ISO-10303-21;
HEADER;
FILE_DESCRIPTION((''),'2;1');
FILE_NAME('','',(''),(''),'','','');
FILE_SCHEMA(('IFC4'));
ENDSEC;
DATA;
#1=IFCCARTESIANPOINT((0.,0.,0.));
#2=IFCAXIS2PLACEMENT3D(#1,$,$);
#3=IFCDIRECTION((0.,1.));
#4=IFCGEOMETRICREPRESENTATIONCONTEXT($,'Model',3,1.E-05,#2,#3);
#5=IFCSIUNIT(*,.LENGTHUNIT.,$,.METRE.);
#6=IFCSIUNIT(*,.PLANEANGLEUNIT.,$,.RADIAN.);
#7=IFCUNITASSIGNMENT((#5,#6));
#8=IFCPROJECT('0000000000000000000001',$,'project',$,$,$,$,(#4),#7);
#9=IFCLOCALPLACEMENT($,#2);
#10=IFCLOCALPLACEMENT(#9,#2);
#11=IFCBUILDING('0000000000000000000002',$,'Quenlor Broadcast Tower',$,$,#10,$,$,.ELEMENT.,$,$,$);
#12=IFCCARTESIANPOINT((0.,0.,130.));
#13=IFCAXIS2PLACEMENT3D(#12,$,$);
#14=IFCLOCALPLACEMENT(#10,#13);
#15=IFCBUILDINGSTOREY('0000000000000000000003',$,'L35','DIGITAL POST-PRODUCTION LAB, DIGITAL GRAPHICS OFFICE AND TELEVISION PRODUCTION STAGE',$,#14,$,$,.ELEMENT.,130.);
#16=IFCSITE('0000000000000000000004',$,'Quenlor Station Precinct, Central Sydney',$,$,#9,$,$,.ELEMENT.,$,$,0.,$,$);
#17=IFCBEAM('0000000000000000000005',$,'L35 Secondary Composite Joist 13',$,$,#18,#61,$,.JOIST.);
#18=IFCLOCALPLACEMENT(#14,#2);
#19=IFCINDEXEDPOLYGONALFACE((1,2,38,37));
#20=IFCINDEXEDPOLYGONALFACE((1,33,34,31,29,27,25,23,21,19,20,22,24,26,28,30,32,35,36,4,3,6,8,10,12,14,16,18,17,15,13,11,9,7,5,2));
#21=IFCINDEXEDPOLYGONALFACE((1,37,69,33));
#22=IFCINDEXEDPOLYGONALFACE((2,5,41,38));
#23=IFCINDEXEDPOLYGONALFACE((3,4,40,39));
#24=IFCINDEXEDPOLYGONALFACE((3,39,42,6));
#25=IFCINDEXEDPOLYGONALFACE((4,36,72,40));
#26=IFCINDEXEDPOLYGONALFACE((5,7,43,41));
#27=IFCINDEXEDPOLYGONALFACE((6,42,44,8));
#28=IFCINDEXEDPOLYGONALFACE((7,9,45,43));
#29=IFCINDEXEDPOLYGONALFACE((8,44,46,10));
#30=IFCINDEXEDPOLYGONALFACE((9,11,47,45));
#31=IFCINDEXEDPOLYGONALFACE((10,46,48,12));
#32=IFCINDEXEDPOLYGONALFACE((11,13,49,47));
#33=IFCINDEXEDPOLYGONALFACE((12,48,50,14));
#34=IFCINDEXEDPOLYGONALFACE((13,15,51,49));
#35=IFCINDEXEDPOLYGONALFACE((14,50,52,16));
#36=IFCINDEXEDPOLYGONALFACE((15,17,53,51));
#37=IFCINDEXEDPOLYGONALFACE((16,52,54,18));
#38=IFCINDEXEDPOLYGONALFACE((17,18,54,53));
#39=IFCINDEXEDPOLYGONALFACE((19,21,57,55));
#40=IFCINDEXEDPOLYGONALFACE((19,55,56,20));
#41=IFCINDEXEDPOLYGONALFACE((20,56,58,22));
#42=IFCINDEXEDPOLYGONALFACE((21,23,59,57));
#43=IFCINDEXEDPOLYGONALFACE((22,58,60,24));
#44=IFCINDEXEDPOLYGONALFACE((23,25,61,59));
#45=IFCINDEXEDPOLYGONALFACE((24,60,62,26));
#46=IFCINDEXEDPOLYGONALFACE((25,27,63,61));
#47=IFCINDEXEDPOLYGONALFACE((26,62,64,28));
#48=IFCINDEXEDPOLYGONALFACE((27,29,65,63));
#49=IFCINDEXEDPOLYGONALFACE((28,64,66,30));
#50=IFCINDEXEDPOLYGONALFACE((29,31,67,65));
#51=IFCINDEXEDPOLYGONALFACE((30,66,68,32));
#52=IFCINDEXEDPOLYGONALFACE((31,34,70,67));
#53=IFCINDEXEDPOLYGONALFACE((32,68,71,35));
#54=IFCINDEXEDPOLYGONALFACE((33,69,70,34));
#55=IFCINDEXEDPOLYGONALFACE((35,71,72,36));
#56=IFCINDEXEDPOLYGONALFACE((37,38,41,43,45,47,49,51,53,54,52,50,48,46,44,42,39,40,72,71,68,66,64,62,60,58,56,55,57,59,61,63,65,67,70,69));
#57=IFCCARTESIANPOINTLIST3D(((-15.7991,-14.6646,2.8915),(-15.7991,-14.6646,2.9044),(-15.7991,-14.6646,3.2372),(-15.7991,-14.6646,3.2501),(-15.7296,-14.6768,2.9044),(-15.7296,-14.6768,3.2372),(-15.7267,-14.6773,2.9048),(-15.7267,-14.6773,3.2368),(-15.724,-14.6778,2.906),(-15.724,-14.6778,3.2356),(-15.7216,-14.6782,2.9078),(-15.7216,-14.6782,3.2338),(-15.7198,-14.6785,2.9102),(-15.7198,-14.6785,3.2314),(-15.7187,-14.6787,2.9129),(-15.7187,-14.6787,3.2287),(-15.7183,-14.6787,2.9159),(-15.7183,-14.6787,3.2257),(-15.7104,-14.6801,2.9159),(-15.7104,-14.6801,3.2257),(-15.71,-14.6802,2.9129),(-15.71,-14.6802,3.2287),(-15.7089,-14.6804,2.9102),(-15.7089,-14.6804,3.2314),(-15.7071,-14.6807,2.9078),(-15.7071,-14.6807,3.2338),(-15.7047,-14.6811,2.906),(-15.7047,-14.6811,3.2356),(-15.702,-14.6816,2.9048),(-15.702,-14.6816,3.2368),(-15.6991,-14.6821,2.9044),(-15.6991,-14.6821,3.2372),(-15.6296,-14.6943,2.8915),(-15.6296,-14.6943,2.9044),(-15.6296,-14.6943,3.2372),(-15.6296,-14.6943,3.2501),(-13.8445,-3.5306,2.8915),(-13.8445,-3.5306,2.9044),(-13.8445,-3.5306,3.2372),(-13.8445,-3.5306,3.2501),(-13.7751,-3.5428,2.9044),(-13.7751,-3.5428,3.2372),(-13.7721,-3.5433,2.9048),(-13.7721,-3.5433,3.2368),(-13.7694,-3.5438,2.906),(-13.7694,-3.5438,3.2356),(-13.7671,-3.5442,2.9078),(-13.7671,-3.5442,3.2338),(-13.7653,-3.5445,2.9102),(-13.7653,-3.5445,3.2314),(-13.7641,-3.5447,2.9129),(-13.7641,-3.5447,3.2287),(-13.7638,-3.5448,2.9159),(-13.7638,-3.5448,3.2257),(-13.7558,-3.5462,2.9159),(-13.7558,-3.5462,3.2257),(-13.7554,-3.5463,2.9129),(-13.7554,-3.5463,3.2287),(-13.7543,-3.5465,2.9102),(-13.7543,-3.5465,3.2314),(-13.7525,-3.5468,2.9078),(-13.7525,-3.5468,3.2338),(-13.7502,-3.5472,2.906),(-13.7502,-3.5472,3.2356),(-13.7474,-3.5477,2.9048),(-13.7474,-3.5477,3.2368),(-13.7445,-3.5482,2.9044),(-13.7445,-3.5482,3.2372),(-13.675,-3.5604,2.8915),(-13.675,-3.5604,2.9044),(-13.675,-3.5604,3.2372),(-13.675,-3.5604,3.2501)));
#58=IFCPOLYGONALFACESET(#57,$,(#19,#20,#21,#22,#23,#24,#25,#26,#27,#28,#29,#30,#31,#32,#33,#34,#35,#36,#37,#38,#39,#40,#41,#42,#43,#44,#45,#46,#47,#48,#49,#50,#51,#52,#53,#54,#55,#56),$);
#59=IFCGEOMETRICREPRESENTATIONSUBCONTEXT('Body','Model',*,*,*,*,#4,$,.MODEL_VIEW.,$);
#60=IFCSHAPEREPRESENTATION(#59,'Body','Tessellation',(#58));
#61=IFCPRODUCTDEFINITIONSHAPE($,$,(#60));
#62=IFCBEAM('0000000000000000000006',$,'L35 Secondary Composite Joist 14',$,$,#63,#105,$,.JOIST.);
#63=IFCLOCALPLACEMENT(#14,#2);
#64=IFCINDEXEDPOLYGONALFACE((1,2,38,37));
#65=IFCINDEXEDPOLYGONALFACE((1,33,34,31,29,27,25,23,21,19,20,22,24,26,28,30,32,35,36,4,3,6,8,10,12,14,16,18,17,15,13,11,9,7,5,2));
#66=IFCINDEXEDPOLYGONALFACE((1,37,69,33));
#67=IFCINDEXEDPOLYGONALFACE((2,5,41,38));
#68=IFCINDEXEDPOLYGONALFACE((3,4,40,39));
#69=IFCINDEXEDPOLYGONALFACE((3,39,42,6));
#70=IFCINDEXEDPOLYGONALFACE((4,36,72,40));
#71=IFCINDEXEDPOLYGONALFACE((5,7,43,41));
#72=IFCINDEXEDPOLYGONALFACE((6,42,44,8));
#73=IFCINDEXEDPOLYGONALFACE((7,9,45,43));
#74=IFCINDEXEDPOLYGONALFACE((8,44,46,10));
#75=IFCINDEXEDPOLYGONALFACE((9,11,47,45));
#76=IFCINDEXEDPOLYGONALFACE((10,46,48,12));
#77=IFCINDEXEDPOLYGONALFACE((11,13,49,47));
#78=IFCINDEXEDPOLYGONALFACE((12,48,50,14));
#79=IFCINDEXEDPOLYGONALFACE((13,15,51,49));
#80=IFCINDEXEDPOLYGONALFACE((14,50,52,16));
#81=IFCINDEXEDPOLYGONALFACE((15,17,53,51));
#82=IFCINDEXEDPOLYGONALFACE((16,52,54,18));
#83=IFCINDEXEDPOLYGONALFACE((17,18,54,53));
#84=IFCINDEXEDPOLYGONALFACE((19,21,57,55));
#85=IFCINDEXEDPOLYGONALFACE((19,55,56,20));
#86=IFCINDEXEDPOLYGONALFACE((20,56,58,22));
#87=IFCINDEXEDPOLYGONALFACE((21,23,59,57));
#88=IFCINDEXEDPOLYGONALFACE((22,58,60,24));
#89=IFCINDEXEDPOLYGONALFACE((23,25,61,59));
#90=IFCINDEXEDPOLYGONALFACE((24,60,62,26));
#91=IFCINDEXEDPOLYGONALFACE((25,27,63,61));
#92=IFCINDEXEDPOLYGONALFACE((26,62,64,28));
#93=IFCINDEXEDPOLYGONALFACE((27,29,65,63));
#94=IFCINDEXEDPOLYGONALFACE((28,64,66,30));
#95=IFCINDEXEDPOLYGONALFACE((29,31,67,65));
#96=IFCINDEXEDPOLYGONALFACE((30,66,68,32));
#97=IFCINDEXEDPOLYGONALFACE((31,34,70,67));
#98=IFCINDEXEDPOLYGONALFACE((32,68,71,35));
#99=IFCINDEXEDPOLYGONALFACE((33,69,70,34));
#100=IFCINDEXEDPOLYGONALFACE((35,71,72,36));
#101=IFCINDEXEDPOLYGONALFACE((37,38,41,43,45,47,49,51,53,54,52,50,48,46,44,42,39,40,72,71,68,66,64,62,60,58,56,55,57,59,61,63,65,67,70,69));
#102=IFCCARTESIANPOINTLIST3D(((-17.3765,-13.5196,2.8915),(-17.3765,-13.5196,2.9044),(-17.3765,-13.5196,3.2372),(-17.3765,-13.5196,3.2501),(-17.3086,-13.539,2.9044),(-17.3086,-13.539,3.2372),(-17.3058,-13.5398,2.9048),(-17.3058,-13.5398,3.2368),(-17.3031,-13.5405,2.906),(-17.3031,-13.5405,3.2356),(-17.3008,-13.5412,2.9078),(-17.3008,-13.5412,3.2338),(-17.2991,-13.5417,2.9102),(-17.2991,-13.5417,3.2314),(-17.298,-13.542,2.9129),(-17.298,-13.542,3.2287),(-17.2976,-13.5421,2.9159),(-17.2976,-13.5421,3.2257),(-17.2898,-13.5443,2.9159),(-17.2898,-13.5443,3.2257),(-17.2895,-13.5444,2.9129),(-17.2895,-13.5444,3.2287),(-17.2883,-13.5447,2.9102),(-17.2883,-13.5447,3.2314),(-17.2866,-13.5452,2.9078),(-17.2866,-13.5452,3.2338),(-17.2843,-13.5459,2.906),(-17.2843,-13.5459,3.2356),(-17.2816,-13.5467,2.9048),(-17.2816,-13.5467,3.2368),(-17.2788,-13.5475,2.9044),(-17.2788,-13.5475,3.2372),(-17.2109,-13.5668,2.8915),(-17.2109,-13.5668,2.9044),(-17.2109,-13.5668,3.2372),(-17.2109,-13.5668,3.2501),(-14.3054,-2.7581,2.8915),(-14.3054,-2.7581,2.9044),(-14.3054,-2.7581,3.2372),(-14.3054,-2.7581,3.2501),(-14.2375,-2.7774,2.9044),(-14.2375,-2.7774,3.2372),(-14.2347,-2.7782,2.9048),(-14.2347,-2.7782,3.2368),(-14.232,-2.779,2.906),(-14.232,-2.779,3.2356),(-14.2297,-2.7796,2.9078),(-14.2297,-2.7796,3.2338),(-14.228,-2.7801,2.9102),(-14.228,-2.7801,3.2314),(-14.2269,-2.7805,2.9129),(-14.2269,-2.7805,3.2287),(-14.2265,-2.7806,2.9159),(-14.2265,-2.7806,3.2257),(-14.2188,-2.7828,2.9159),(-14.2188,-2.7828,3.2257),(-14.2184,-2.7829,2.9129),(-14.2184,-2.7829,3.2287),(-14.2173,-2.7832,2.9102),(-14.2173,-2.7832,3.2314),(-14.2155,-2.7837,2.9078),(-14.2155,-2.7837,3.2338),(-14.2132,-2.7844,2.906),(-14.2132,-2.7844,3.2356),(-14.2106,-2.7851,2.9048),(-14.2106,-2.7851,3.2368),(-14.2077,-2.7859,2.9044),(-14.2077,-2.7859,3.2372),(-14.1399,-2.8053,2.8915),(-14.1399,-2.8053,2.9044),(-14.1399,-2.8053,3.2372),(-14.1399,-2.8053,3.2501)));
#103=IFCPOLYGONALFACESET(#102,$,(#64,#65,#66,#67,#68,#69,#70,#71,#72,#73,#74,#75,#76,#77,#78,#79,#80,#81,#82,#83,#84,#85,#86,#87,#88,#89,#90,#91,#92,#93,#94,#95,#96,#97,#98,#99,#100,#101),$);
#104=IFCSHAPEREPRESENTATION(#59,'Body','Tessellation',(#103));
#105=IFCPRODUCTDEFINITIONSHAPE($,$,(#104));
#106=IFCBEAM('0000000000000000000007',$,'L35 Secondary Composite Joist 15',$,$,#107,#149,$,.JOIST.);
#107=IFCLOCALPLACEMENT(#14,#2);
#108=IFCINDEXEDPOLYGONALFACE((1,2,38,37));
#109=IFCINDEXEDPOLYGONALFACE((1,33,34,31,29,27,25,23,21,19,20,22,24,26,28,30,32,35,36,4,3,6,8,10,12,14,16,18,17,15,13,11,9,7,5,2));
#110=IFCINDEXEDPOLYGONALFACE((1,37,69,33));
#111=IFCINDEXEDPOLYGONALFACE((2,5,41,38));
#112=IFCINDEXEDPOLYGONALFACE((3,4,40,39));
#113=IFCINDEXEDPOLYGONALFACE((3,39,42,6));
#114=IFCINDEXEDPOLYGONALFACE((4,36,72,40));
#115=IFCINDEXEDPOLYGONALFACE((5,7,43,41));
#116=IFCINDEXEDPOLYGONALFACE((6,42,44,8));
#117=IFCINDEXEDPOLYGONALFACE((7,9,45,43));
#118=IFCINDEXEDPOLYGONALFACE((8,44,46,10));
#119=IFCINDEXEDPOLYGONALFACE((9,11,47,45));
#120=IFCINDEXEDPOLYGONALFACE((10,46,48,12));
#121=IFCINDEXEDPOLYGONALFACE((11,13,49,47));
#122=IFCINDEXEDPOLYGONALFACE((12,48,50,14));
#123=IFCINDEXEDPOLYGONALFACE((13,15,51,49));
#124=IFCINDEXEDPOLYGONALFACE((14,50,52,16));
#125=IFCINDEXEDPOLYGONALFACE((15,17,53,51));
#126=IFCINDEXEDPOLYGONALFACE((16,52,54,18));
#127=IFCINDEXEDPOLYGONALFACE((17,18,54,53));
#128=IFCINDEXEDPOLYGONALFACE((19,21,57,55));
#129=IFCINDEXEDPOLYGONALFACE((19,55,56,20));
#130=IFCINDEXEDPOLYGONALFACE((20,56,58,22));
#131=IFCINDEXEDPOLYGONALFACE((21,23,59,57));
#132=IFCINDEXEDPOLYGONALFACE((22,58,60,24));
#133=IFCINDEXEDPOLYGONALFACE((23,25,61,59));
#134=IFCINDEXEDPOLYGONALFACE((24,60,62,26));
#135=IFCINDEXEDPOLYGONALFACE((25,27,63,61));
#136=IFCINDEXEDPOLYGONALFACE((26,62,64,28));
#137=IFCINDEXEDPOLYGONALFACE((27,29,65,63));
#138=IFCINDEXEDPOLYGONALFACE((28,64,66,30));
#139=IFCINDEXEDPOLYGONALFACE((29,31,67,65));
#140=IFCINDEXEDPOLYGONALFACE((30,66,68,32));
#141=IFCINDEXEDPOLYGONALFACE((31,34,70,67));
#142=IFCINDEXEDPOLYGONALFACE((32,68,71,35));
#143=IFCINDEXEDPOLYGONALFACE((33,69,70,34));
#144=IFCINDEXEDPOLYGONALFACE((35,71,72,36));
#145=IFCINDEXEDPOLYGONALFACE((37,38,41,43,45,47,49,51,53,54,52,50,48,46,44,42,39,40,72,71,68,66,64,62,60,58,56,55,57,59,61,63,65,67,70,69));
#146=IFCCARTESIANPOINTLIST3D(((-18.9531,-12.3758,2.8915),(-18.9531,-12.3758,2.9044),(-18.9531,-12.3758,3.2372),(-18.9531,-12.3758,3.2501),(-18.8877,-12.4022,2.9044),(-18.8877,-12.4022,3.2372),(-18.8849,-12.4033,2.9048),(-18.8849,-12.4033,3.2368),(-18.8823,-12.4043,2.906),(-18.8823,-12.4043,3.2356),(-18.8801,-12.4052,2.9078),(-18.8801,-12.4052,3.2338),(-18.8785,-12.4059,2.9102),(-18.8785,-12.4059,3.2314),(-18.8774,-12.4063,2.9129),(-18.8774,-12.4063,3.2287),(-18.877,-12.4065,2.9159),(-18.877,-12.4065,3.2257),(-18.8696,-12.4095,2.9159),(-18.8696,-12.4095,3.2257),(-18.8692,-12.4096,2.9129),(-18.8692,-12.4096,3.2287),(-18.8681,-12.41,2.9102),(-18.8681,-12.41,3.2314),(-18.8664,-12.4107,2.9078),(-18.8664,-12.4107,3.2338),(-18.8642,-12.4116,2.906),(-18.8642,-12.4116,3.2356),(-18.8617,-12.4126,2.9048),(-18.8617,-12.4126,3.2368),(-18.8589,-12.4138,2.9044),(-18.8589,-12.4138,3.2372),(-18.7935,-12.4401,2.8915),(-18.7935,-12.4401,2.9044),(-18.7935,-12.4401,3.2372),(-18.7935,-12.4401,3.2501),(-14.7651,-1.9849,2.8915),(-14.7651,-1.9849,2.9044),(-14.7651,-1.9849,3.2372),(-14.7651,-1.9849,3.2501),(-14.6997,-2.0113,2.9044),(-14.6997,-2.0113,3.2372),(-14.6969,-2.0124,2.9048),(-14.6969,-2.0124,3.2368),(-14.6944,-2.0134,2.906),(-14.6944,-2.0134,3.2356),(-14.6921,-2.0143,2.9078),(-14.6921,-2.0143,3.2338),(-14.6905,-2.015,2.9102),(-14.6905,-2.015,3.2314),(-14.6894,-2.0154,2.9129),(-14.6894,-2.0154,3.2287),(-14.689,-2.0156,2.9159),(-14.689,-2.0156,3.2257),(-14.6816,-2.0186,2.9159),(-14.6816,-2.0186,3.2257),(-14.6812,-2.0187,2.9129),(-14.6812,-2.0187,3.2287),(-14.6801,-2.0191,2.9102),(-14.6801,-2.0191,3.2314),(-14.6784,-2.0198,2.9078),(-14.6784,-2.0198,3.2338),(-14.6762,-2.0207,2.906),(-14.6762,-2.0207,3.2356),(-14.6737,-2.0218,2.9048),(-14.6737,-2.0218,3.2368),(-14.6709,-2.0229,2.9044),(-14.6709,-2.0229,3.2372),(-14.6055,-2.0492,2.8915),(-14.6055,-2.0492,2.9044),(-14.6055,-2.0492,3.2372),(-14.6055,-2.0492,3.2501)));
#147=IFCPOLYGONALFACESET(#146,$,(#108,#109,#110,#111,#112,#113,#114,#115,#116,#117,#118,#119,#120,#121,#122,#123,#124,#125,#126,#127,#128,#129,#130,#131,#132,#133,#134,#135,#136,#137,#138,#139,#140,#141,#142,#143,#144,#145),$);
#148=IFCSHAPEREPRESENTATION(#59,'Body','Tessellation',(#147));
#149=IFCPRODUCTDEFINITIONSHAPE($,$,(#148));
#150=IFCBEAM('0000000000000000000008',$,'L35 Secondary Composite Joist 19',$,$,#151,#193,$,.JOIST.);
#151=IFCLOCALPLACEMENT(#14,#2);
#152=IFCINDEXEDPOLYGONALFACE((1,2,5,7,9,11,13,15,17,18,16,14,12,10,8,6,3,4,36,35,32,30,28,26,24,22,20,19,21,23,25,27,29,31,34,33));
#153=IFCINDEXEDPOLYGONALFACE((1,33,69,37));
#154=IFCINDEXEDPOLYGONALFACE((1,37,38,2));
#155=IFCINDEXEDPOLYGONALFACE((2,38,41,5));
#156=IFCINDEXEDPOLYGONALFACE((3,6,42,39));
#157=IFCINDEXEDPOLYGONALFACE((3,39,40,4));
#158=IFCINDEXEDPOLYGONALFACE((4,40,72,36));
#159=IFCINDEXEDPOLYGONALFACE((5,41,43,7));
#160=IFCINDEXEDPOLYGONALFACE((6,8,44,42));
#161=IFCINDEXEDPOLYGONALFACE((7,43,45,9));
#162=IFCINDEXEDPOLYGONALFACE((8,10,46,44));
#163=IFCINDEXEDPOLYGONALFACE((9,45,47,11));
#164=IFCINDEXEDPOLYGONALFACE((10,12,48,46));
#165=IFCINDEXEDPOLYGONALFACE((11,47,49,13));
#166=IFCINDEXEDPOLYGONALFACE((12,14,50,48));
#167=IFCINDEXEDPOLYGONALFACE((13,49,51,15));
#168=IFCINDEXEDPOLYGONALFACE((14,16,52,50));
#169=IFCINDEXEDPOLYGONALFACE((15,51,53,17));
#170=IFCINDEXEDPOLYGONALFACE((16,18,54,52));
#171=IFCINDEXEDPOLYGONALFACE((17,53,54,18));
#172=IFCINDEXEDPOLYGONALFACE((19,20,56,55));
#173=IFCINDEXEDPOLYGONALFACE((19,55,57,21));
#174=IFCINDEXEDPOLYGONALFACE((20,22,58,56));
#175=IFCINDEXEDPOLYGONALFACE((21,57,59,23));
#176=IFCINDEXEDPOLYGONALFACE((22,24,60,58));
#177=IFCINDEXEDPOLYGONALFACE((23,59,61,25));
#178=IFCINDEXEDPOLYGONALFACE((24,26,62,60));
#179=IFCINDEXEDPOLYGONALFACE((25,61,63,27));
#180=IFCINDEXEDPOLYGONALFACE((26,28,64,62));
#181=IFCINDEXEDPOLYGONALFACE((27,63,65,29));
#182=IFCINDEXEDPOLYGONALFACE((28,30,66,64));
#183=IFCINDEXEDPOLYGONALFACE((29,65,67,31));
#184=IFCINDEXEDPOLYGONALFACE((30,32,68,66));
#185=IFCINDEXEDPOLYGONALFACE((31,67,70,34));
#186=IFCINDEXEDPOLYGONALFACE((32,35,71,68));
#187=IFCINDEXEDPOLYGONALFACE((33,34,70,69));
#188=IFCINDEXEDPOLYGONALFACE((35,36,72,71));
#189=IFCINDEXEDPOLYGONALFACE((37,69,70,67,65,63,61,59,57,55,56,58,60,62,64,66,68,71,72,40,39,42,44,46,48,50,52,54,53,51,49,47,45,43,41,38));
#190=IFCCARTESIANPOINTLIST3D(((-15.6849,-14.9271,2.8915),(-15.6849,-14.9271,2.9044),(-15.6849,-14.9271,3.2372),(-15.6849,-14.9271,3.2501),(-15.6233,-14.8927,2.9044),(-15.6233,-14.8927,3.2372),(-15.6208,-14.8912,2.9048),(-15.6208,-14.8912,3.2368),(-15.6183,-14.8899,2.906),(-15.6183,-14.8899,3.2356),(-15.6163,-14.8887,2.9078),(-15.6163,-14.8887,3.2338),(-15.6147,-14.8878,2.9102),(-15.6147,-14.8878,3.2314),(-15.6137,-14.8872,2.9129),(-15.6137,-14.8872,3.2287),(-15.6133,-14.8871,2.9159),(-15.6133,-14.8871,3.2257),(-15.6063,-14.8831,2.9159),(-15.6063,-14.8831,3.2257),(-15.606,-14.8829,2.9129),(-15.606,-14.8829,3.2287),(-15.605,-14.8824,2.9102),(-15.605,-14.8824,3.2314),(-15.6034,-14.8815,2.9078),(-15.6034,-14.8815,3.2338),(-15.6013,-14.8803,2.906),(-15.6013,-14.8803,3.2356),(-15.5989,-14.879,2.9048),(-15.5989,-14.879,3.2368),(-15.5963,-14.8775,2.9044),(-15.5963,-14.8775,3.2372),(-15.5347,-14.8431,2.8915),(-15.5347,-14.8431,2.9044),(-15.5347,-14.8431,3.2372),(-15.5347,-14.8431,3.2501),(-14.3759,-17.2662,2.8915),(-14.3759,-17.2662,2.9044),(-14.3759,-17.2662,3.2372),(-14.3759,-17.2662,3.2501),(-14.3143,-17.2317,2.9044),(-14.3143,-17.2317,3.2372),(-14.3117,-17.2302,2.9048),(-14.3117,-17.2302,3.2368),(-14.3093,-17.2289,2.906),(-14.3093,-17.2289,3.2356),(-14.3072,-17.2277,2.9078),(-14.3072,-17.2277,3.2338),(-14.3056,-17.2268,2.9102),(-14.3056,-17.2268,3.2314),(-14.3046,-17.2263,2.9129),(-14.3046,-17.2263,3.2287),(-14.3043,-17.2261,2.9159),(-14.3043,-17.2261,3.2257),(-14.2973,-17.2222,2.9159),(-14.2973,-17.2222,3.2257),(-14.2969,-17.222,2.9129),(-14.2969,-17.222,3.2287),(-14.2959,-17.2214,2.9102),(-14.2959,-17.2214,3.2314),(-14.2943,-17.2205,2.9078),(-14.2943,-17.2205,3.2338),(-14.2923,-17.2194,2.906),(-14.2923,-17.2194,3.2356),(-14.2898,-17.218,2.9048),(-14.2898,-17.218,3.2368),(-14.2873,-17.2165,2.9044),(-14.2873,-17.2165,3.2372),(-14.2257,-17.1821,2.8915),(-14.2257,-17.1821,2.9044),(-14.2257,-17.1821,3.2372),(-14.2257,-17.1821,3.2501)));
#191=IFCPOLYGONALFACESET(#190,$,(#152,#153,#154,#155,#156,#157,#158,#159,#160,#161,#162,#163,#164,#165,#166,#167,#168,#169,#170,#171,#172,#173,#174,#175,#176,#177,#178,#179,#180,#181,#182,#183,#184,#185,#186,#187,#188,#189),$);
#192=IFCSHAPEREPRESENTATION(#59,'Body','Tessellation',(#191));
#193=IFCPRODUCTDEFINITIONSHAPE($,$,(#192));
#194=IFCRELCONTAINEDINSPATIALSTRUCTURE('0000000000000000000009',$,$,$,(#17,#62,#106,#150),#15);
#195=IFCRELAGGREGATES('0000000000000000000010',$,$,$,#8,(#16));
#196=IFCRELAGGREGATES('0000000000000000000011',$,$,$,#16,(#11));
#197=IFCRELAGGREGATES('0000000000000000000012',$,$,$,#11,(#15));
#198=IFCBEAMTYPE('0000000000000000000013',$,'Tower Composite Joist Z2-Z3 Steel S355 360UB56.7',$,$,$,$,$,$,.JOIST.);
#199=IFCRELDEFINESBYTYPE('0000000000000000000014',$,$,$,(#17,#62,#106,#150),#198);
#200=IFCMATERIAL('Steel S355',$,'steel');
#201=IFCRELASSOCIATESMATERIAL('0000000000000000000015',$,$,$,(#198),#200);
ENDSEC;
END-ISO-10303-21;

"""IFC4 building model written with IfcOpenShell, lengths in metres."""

from ifc_helpers import new_model, si_unit, direction, frame, origin, origin_2d, place, context, subcontext, project, spatial, i_section, extrude, material, material_profile, profile_set, type_object, element, save


model = new_model("IFC4")

# Units and contexts
model_context = context("Model", 3, precision=1e-05, world=origin(), true_north=direction((0.0, 1.0)))
body_context = subcontext(model_context, "Body", "Model", "MODEL_VIEW")
ifc_project = project(units=[si_unit("LENGTHUNIT", "METRE"), si_unit("PLANEANGLEUNIT", "RADIAN")], contexts=[model_context])

# Site, building, storey
site_placement = place(None, origin())
site = spatial("IfcSite", under=ifc_project, at=site_placement, Name="Quenlor Station Precinct, Central Sydney", CompositionType="ELEMENT", RefElevation=0.0)
building_placement = place(site_placement, origin())
building = spatial("IfcBuilding", under=site, at=building_placement, Name="Quenlor Broadcast Tower", CompositionType="ELEMENT")
storey_placement = place(building_placement, frame((0.0, 0.0, 130.0)))
storey = spatial("IfcBuildingStorey", under=building, at=storey_placement, Name="L35", Description="DIGITAL POST-PRODUCTION LAB, DIGITAL GRAPHICS OFFICE AND TELEVISION PRODUCTION STAGE", CompositionType="ELEMENT", Elevation=130.0)

# Beams
ifc_material_1 = material(Name="Steel S355", Category="steel")
ifc_material_profile_1 = material_profile(ifc_material_1, i_section(OverallWidth=0.1721, OverallDepth=0.3586, WebThickness=0.0081, FlangeThickness=0.0129, FilletRadius=0.0115, at=origin_2d()))
ifc_profile_set_1 = profile_set([ifc_material_profile_1], Name="Steel S355 360UB56.7")
beam_type_1 = type_object("IfcBeamType", Name="Tower Composite Joist Z2-Z3 Steel S355 360UB56.7", PredefinedType="JOIST", material=ifc_profile_set_1)
beam_1_placement = place(storey_placement, frame((-15.7144, -14.6794, 3.0708), z_axis=(0.172907, 0.984938, 0.0), x_axis=(-0.984938, 0.172907, 0.0)))
element("IfcBeam", 1, at=beam_1_placement, inside=storey, type_object=beam_type_1, Name="L35 Secondary Composite Joist 13", PredefinedType="JOIST", context=body_context, shape_type="SweptSolid", body=[
    extrude(i_section(OverallWidth=0.1721, OverallDepth=0.3586, WebThickness=0.0081, FlangeThickness=0.0129, FilletRadius=0.0115, at=origin_2d()), origin(), (0.0, 0.0, 1.0), 11.3042),
])
beam_2_placement = place(storey_placement, frame((-17.2937, -13.5432, 3.0708), z_axis=(0.274419, 0.96161, 0.0), x_axis=(-0.96161, 0.274419, 0.0)))
element("IfcBeam", 2, at=beam_2_placement, inside=storey, type_object=beam_type_1, Name="L35 Secondary Composite Joist 14", PredefinedType="JOIST", context=body_context, shape_type="SweptSolid", body=[
    extrude(i_section(OverallWidth=0.1721, OverallDepth=0.3586, WebThickness=0.0081, FlangeThickness=0.0129, FilletRadius=0.0115, at=origin_2d()), origin(), (0.0, 0.0, 1.0), 11.1912),
])
beam_3_placement = place(storey_placement, frame((-18.8733, -12.408, 3.0708), z_axis=(0.373824, 0.9275, 0.0), x_axis=(-0.9275, 0.373824, 0.0)))
element("IfcBeam", 3, at=beam_3_placement, inside=storey, type_object=beam_type_1, Name="L35 Secondary Composite Joist 15", PredefinedType="JOIST", context=body_context, shape_type="SweptSolid", body=[
    extrude(i_section(OverallWidth=0.1721, OverallDepth=0.3586, WebThickness=0.0081, FlangeThickness=0.0129, FilletRadius=0.0115, at=origin_2d()), origin(), (0.0, 0.0, 1.0), 11.2031),
])
beam_4_placement = place(storey_placement, frame((-14.3008, -17.2241, 3.0708), z_axis=(-0.48837, 0.872636, 0.0), x_axis=(-0.872636, -0.48837, 0.0)))
element("IfcBeam", 4, at=beam_4_placement, inside=storey, type_object=beam_type_1, Name="L35 Secondary Composite Joist 19", PredefinedType="JOIST", context=body_context, shape_type="SweptSolid", body=[
    extrude(i_section(OverallWidth=0.1721, OverallDepth=0.3586, WebThickness=0.0081, FlangeThickness=0.0129, FilletRadius=0.0115, at=origin_2d()), origin(), (0.0, 0.0, 1.0), 2.6804),
])

save(model, "model.ifc")
